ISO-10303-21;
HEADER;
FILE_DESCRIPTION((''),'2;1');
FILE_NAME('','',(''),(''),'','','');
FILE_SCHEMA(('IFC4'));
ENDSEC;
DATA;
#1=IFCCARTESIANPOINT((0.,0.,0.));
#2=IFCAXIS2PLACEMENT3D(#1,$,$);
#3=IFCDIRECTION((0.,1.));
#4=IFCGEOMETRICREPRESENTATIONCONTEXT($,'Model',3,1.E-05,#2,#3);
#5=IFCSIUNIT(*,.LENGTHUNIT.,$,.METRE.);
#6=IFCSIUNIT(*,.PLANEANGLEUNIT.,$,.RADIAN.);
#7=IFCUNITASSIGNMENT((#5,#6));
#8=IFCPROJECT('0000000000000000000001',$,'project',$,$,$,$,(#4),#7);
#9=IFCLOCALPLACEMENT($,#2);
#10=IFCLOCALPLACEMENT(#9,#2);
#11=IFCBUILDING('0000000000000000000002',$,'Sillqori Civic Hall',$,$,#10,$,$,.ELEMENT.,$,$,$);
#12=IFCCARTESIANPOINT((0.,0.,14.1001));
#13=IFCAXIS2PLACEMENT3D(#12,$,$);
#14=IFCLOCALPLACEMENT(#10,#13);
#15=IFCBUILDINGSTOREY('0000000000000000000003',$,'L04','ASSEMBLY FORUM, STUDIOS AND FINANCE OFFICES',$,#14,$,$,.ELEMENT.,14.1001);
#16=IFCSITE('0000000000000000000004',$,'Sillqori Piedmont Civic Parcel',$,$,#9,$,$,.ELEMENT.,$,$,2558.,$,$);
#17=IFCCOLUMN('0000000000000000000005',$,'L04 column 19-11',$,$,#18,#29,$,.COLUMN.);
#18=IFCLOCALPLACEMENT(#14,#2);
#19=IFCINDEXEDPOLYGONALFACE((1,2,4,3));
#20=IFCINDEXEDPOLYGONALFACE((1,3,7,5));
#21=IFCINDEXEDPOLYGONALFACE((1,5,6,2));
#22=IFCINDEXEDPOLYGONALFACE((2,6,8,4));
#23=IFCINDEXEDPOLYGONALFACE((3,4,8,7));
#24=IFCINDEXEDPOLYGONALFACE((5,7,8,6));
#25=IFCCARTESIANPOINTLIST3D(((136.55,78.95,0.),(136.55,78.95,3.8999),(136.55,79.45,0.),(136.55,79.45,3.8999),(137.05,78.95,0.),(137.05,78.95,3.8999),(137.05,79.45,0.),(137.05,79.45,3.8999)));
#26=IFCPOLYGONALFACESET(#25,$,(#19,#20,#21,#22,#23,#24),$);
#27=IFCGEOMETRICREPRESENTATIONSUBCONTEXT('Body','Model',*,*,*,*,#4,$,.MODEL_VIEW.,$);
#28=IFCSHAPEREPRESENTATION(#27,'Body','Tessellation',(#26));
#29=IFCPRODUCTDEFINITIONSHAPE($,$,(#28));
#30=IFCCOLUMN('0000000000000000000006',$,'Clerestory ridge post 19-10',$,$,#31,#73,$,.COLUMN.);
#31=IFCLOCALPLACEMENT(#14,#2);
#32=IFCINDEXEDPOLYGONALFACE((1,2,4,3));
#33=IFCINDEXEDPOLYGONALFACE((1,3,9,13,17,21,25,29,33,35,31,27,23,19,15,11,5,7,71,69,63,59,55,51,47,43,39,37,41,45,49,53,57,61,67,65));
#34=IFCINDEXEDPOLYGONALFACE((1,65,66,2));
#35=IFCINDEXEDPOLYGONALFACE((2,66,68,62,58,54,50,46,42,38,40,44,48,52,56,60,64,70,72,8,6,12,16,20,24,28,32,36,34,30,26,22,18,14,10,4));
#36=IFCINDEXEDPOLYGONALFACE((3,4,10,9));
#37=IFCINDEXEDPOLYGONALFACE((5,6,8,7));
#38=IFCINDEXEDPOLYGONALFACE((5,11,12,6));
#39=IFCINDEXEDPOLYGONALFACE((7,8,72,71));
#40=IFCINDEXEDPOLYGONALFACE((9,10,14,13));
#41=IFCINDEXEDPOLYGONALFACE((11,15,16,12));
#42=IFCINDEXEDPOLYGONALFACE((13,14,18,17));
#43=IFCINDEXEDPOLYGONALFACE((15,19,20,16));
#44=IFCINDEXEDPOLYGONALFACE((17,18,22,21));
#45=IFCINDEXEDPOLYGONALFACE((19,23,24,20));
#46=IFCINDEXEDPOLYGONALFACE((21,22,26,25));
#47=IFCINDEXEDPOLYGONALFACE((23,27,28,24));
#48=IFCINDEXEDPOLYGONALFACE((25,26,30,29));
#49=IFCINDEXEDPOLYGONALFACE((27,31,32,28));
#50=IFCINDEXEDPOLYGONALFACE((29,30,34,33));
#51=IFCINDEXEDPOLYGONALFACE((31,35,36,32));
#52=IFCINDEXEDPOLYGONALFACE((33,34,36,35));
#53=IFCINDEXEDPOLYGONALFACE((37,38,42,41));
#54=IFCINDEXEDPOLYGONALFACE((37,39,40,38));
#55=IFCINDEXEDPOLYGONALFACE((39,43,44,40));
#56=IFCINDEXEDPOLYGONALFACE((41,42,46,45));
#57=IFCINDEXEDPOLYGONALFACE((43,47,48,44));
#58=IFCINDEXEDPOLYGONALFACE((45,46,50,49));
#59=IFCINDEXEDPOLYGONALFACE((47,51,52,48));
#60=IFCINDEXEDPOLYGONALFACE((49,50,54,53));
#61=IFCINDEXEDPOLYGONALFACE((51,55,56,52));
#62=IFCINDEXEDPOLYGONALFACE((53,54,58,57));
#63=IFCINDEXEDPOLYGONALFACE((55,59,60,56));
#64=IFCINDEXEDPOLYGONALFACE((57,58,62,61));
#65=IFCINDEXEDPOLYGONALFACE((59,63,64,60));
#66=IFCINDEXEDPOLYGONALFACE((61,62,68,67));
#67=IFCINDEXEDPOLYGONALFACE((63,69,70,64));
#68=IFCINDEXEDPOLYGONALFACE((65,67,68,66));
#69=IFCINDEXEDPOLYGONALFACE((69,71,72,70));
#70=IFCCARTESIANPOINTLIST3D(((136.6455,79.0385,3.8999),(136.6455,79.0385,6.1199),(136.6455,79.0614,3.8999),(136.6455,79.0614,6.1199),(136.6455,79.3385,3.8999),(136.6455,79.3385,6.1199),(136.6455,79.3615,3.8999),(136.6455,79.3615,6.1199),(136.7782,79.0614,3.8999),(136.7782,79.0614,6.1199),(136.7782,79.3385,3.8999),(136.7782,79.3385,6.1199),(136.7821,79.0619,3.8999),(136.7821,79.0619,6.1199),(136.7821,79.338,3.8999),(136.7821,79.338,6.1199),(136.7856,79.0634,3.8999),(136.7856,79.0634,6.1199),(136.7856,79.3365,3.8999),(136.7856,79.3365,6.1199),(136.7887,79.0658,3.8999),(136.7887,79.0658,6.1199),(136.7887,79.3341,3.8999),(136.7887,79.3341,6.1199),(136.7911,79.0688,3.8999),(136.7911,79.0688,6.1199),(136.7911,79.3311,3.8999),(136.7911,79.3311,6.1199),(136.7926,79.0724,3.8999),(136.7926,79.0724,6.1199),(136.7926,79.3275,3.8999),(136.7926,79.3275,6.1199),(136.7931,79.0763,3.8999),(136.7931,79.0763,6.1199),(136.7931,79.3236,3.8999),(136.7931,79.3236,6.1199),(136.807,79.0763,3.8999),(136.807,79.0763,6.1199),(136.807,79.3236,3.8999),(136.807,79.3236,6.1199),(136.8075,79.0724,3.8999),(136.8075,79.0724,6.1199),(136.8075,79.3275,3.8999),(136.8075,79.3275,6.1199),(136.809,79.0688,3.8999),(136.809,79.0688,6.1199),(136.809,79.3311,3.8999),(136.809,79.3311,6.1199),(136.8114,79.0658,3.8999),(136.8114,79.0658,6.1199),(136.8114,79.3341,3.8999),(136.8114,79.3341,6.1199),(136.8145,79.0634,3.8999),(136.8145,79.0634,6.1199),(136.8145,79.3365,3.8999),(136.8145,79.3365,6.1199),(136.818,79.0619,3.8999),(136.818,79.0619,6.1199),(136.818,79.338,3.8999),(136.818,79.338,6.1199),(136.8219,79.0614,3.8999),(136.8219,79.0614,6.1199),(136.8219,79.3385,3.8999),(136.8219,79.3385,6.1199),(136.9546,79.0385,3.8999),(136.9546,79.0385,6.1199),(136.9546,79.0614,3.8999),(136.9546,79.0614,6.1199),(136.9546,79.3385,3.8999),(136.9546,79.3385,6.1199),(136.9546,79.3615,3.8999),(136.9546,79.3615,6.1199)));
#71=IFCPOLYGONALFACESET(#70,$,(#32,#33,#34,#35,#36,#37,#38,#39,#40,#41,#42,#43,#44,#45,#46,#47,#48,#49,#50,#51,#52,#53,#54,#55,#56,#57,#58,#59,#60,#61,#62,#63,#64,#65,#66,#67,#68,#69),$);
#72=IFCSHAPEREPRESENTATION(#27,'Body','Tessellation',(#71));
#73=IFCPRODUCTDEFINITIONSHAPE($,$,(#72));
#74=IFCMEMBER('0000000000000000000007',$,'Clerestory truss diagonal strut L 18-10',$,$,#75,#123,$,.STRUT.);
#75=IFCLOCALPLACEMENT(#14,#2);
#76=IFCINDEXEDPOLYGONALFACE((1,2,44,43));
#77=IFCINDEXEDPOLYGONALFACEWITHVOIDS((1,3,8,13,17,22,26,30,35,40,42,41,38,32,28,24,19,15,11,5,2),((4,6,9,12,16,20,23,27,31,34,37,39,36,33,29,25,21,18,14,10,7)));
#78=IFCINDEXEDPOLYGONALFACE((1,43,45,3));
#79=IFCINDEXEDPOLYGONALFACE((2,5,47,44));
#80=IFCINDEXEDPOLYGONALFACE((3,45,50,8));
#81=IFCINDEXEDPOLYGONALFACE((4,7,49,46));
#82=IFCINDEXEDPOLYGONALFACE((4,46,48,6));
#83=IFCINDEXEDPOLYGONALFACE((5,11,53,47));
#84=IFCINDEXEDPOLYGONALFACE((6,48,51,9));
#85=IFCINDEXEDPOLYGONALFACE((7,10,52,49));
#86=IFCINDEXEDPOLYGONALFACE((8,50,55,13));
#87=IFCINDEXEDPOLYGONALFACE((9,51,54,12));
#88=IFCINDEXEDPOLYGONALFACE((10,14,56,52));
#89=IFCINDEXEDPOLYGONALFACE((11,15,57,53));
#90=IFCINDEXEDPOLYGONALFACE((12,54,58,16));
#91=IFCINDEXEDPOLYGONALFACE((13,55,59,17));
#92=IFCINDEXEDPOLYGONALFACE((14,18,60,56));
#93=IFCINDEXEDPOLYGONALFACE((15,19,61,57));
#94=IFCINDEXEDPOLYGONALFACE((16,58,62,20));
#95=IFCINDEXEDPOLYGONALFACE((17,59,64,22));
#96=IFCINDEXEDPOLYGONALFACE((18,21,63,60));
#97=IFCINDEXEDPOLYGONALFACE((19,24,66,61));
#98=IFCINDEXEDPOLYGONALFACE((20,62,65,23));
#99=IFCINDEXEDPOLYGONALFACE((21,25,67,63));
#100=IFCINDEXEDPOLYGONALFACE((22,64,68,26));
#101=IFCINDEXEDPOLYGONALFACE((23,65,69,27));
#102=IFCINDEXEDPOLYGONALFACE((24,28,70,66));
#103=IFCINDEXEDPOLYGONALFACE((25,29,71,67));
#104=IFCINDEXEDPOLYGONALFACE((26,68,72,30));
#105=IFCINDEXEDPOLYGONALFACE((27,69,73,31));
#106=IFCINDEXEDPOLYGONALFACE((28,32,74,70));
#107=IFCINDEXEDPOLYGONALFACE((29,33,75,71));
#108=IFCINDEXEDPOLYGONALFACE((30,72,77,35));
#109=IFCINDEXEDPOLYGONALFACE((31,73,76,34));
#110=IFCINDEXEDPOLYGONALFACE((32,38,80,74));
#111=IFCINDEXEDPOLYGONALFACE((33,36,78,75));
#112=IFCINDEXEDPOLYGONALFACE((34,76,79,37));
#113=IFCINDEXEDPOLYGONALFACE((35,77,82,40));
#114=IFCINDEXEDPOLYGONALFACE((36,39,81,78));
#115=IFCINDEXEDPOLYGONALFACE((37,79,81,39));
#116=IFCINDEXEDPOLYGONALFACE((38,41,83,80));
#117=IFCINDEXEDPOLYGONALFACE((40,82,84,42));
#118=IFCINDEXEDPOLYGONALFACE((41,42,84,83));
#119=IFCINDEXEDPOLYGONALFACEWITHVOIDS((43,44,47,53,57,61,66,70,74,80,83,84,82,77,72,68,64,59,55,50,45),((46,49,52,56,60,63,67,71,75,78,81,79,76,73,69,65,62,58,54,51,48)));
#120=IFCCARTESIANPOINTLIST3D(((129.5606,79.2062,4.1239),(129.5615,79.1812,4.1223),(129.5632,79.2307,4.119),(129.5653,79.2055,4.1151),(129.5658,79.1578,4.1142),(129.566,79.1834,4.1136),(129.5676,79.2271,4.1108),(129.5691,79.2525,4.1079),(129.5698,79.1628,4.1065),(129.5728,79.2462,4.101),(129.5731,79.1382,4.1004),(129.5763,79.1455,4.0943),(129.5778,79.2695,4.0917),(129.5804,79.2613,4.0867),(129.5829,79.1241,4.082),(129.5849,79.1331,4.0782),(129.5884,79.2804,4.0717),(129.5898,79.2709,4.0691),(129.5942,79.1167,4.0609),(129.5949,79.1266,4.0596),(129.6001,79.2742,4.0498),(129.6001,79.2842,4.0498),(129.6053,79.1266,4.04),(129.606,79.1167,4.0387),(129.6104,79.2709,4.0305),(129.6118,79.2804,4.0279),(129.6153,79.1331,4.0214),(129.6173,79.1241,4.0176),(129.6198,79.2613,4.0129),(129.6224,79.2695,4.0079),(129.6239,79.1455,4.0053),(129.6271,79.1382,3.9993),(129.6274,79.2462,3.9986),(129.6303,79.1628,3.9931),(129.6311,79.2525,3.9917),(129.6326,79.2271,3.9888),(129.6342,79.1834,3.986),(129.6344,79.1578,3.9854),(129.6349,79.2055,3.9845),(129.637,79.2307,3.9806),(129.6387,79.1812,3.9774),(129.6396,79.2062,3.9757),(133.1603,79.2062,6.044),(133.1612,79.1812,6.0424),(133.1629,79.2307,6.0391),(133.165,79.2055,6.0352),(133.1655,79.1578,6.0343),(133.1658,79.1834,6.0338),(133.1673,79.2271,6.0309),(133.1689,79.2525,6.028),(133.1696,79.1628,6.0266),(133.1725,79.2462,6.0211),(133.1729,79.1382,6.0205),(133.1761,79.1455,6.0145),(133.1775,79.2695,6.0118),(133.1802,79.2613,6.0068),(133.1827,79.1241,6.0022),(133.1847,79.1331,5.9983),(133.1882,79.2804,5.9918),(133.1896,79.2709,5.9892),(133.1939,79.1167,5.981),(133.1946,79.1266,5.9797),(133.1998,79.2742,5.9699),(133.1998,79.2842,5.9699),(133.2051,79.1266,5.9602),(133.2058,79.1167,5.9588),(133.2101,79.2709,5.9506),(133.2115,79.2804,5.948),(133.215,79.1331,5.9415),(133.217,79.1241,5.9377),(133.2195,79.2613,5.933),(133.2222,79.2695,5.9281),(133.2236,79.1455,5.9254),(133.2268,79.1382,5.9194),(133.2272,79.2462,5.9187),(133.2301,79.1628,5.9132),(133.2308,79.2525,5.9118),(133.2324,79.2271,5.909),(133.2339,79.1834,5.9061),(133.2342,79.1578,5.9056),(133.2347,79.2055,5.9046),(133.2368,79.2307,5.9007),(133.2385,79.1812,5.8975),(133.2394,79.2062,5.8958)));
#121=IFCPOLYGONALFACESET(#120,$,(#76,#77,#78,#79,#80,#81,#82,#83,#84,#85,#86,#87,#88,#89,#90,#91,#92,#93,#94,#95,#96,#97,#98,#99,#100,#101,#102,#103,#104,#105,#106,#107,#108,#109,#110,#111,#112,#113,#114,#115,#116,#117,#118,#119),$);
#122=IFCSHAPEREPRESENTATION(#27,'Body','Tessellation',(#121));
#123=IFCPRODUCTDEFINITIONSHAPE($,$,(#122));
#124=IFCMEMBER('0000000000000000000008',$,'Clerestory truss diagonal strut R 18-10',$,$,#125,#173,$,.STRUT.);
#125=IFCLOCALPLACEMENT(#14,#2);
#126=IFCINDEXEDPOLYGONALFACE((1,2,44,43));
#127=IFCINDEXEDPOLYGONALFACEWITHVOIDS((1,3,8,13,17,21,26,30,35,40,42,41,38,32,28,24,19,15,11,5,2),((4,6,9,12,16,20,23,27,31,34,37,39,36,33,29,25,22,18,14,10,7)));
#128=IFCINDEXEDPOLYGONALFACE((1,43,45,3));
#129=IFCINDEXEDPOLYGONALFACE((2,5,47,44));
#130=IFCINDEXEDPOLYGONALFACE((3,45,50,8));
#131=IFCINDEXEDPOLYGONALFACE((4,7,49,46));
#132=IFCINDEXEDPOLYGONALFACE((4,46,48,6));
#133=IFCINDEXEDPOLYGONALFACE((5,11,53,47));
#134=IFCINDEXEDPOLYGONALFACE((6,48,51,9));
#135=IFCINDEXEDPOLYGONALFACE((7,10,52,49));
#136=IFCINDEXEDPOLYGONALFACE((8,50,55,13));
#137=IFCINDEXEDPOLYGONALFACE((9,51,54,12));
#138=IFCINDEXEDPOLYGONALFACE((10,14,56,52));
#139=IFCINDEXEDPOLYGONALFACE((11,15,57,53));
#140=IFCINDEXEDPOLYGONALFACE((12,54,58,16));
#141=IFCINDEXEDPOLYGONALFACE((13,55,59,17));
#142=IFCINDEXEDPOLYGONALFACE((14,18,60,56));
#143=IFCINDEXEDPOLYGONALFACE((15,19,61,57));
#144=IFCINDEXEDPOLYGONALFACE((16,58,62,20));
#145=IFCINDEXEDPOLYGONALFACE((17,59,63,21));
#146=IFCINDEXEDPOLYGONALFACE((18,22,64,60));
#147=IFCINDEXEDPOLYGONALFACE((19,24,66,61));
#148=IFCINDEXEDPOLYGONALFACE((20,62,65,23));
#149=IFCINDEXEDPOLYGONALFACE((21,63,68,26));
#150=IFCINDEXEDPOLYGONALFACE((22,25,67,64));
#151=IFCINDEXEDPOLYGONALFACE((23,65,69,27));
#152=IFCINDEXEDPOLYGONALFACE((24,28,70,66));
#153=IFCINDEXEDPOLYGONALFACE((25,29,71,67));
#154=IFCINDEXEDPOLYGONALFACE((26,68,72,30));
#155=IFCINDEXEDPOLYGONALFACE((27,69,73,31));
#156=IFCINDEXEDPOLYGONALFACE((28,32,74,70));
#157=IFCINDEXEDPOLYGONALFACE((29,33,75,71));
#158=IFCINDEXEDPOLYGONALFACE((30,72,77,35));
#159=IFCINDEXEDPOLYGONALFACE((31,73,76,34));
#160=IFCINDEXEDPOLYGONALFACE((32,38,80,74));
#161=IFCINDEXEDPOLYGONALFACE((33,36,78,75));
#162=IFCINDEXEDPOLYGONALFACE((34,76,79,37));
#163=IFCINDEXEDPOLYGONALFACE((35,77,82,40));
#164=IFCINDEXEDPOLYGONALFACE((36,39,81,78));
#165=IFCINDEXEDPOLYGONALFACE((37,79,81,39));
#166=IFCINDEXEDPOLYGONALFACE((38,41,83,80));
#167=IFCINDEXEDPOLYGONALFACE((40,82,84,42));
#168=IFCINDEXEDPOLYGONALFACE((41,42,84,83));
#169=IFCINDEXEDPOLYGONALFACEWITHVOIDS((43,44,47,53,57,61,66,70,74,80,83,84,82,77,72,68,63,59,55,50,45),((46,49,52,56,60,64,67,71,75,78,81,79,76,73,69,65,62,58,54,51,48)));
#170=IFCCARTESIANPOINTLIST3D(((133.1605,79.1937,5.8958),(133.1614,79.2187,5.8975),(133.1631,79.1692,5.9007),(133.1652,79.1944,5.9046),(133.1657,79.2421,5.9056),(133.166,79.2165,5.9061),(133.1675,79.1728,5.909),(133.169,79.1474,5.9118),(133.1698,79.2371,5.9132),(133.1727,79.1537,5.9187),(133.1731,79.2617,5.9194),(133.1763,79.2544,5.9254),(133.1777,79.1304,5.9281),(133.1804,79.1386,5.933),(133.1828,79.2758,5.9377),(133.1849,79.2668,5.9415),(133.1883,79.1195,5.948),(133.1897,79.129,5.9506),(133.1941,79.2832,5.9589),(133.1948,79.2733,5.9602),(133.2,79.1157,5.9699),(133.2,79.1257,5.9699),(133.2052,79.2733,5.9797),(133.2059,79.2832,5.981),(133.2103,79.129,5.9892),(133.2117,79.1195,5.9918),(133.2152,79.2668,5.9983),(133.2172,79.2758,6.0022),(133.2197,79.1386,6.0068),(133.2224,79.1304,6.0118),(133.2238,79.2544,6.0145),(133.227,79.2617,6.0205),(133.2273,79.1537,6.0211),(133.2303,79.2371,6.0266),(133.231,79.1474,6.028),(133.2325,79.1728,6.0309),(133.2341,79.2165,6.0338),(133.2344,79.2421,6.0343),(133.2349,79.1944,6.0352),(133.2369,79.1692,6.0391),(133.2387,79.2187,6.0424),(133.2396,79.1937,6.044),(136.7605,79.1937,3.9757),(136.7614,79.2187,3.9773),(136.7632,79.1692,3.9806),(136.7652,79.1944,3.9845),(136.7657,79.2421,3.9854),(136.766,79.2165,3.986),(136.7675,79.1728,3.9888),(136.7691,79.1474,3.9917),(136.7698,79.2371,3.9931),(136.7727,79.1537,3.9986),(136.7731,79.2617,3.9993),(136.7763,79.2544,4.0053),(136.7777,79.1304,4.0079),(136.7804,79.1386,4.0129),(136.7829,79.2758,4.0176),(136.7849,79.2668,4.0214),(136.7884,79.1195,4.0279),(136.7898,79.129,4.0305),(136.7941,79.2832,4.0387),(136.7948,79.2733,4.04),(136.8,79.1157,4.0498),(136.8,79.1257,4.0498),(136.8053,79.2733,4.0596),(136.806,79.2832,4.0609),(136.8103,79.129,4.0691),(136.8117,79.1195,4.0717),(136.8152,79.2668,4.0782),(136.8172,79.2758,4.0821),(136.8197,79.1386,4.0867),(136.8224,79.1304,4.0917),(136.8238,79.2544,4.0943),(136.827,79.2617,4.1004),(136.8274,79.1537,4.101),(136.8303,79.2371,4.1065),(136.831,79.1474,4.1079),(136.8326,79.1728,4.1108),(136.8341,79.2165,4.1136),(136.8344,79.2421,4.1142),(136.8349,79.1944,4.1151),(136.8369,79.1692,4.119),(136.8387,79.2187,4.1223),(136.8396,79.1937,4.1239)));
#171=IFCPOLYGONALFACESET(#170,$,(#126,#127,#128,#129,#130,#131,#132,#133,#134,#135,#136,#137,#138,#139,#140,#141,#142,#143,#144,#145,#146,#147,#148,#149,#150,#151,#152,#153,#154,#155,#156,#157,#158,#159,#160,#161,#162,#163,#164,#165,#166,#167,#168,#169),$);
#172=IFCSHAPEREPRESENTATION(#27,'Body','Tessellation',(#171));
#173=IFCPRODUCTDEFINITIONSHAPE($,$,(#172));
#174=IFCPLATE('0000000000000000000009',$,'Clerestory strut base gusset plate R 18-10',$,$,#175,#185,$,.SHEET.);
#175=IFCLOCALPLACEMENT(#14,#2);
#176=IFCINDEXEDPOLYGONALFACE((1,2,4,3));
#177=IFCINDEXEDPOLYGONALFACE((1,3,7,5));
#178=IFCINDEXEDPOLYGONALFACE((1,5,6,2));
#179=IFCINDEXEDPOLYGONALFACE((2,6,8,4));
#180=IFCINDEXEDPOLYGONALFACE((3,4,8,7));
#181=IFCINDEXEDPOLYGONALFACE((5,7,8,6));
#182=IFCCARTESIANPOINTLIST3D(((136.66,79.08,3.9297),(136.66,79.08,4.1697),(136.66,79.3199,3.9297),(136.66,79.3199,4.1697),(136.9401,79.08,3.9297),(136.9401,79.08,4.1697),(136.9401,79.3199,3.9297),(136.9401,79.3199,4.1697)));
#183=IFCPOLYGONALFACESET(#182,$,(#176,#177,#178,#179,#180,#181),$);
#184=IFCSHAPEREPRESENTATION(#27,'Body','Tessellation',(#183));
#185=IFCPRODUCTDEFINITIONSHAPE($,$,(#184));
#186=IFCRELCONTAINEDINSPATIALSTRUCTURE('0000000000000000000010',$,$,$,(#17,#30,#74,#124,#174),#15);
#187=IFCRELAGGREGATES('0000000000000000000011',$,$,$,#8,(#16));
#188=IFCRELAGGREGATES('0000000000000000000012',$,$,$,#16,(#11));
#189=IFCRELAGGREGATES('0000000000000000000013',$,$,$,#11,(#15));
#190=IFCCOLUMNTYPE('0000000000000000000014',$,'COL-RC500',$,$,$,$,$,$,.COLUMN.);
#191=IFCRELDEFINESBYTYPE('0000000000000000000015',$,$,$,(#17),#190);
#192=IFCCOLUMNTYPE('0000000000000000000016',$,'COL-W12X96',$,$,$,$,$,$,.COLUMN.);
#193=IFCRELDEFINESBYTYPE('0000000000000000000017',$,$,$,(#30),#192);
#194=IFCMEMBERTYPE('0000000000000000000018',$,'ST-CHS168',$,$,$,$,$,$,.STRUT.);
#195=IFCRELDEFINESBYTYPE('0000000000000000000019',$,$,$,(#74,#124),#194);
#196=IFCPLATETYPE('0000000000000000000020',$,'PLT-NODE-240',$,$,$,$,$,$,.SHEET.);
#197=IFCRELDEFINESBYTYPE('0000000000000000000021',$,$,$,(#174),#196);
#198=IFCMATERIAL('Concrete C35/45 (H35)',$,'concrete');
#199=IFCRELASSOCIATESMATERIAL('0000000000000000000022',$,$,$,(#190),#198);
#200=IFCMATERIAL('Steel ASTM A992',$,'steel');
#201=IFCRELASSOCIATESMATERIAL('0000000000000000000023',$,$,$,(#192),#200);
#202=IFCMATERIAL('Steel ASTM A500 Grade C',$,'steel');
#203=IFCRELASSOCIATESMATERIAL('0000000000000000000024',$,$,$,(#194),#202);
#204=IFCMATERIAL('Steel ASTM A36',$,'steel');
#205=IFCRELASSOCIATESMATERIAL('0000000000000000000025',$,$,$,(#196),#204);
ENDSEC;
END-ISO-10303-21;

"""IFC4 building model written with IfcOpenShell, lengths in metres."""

from ifc_helpers import new_model, si_unit, direction, frame, origin, origin_2d, place, context, subcontext, project, spatial, rectangle, hollow_circle, i_section, extrude, material, material_profile, profile_set, type_object, element, save


model = new_model("IFC4")

# Units and contexts
model_context = context("Model", 3, precision=1e-05, world=origin(), true_north=direction((0.0, 1.0)))
body_context = subcontext(model_context, "Body", "Model", "MODEL_VIEW")
ifc_project = project(units=[si_unit("LENGTHUNIT", "METRE"), si_unit("PLANEANGLEUNIT", "RADIAN")], contexts=[model_context])

# Site, building, storey
site_placement = place(None, origin())
site = spatial("IfcSite", under=ifc_project, at=site_placement, Name="Sillqori Piedmont Civic Parcel", CompositionType="ELEMENT", RefElevation=2558.0)
building_placement = place(site_placement, origin())
building = spatial("IfcBuilding", under=site, at=building_placement, Name="Sillqori Civic Hall", CompositionType="ELEMENT")
storey_placement = place(building_placement, frame((0.0, 0.0, 14.1001)))
storey = spatial("IfcBuildingStorey", under=building, at=storey_placement, Name="L04", Description="ASSEMBLY FORUM, STUDIOS AND FINANCE OFFICES", CompositionType="ELEMENT", Elevation=14.1001)

# Columns
ifc_material_1 = material(Name="Concrete C35/45 (H35)", Category="concrete")
ifc_material_profile_1 = material_profile(ifc_material_1, rectangle(XDim=0.5, YDim=0.5, at=origin_2d()), Name="RC 500x500")
ifc_profile_set_1 = profile_set([ifc_material_profile_1], Name="Concrete C35/45 (H35)")
column_type_1 = type_object("IfcColumnType", Name="COL-RC500", PredefinedType="COLUMN", material=ifc_profile_set_1)
column_1_placement = place(storey_placement, frame((136.8, 79.2, 0.0), z_axis=(0.0, 0.0, 1.0), x_axis=(1.0, 0.0, 0.0)))
element("IfcColumn", 1, at=column_1_placement, inside=storey, type_object=column_type_1, Name="L04 column 19-11", PredefinedType="COLUMN", context=body_context, shape_type="SweptSolid", body=[
    extrude(rectangle(XDim=0.5, YDim=0.5, at=origin_2d()), origin(), (0.0, 0.0, 1.0), 3.8999),
])
ifc_material_2 = material(Name="Steel ASTM A992", Category="steel")
ifc_material_profile_2 = material_profile(ifc_material_2, i_section(OverallWidth=0.3091, OverallDepth=0.323, WebThickness=0.0139, FlangeThickness=0.0229, FilletRadius=0.0149, at=origin_2d()), Name="W12X96")
ifc_profile_set_2 = profile_set([ifc_material_profile_2], Name="Steel ASTM A992")
column_type_2 = type_object("IfcColumnType", Name="COL-W12X96", PredefinedType="COLUMN", material=ifc_profile_set_2)
column_2_placement = place(storey_placement, frame((136.8, 79.2, 3.8999), z_axis=(0.0, 0.0, 1.0), x_axis=(1.0, 0.0, 0.0)))
element("IfcColumn", 2, at=column_2_placement, inside=storey, type_object=column_type_2, Name="Clerestory ridge post 19-10", PredefinedType="COLUMN", context=body_context, shape_type="SweptSolid", body=[
    extrude(i_section(OverallWidth=0.3091, OverallDepth=0.323, WebThickness=0.0139, FlangeThickness=0.0229, FilletRadius=0.0149, at=origin_2d()), origin(), (0.0, 0.0, 1.0), 2.22),
])

# Members
ifc_material_3 = material(Name="Steel ASTM A500 Grade C", Category="steel")
ifc_material_profile_3 = material_profile(ifc_material_3, hollow_circle(Radius=0.0842, WallThickness=0.01, at=origin_2d()), Name="CHS168X10")
ifc_profile_set_3 = profile_set([ifc_material_profile_3], Name="Steel ASTM A500 Grade C")
member_type_1 = type_object("IfcMemberType", Name="ST-CHS168", PredefinedType="STRUT", material=ifc_profile_set_3)
member_1_placement = place(storey_placement, frame((129.6001, 79.2, 4.0498), z_axis=(0.882328, 0.0, 0.470635), x_axis=(0.0, 1.0, 0.0)))
element("IfcMember", 3, at=member_1_placement, inside=storey, type_object=member_type_1, Name="Clerestory truss diagonal strut L 18-10", PredefinedType="STRUT", context=body_context, shape_type="SweptSolid", body=[
    extrude(hollow_circle(Radius=0.0842, WallThickness=0.01, at=origin_2d()), origin(), (0.0, 0.0, 1.0), 4.0798),
])
member_2_placement = place(storey_placement, frame((136.8, 79.2, 4.0498), z_axis=(-0.882341, 0.0, 0.47061), x_axis=(0.0, -1.0, 0.0)))
element("IfcMember", 4, at=member_2_placement, inside=storey, type_object=member_type_1, Name="Clerestory truss diagonal strut R 18-10", PredefinedType="STRUT", context=body_context, shape_type="SweptSolid", body=[
    extrude(hollow_circle(Radius=0.0842, WallThickness=0.01, at=origin_2d()), origin(), (0.0, 0.0, 1.0), 4.0801),
])

# Plate
ifc_material_4 = material(Name="Steel ASTM A36", Category="steel")
plate_type_1 = type_object("IfcPlateType", Name="PLT-NODE-240", PredefinedType="SHEET", material=ifc_material_4)
plate_1_placement = place(storey_placement, frame((136.8, 79.2, 3.9297), z_axis=(0.0, 0.0, 1.0), x_axis=(1.0, 0.0, 0.0)))
element("IfcPlate", 5, at=plate_1_placement, inside=storey, type_object=plate_type_1, Name="Clerestory strut base gusset plate R 18-10", PredefinedType="SHEET", context=body_context, shape_type="SweptSolid", body=[
    extrude(rectangle(XDim=0.28, YDim=0.24, at=origin_2d()), origin(), (0.0, 0.0, 1.0), 0.24),
])

save(model, "model.ifc")
